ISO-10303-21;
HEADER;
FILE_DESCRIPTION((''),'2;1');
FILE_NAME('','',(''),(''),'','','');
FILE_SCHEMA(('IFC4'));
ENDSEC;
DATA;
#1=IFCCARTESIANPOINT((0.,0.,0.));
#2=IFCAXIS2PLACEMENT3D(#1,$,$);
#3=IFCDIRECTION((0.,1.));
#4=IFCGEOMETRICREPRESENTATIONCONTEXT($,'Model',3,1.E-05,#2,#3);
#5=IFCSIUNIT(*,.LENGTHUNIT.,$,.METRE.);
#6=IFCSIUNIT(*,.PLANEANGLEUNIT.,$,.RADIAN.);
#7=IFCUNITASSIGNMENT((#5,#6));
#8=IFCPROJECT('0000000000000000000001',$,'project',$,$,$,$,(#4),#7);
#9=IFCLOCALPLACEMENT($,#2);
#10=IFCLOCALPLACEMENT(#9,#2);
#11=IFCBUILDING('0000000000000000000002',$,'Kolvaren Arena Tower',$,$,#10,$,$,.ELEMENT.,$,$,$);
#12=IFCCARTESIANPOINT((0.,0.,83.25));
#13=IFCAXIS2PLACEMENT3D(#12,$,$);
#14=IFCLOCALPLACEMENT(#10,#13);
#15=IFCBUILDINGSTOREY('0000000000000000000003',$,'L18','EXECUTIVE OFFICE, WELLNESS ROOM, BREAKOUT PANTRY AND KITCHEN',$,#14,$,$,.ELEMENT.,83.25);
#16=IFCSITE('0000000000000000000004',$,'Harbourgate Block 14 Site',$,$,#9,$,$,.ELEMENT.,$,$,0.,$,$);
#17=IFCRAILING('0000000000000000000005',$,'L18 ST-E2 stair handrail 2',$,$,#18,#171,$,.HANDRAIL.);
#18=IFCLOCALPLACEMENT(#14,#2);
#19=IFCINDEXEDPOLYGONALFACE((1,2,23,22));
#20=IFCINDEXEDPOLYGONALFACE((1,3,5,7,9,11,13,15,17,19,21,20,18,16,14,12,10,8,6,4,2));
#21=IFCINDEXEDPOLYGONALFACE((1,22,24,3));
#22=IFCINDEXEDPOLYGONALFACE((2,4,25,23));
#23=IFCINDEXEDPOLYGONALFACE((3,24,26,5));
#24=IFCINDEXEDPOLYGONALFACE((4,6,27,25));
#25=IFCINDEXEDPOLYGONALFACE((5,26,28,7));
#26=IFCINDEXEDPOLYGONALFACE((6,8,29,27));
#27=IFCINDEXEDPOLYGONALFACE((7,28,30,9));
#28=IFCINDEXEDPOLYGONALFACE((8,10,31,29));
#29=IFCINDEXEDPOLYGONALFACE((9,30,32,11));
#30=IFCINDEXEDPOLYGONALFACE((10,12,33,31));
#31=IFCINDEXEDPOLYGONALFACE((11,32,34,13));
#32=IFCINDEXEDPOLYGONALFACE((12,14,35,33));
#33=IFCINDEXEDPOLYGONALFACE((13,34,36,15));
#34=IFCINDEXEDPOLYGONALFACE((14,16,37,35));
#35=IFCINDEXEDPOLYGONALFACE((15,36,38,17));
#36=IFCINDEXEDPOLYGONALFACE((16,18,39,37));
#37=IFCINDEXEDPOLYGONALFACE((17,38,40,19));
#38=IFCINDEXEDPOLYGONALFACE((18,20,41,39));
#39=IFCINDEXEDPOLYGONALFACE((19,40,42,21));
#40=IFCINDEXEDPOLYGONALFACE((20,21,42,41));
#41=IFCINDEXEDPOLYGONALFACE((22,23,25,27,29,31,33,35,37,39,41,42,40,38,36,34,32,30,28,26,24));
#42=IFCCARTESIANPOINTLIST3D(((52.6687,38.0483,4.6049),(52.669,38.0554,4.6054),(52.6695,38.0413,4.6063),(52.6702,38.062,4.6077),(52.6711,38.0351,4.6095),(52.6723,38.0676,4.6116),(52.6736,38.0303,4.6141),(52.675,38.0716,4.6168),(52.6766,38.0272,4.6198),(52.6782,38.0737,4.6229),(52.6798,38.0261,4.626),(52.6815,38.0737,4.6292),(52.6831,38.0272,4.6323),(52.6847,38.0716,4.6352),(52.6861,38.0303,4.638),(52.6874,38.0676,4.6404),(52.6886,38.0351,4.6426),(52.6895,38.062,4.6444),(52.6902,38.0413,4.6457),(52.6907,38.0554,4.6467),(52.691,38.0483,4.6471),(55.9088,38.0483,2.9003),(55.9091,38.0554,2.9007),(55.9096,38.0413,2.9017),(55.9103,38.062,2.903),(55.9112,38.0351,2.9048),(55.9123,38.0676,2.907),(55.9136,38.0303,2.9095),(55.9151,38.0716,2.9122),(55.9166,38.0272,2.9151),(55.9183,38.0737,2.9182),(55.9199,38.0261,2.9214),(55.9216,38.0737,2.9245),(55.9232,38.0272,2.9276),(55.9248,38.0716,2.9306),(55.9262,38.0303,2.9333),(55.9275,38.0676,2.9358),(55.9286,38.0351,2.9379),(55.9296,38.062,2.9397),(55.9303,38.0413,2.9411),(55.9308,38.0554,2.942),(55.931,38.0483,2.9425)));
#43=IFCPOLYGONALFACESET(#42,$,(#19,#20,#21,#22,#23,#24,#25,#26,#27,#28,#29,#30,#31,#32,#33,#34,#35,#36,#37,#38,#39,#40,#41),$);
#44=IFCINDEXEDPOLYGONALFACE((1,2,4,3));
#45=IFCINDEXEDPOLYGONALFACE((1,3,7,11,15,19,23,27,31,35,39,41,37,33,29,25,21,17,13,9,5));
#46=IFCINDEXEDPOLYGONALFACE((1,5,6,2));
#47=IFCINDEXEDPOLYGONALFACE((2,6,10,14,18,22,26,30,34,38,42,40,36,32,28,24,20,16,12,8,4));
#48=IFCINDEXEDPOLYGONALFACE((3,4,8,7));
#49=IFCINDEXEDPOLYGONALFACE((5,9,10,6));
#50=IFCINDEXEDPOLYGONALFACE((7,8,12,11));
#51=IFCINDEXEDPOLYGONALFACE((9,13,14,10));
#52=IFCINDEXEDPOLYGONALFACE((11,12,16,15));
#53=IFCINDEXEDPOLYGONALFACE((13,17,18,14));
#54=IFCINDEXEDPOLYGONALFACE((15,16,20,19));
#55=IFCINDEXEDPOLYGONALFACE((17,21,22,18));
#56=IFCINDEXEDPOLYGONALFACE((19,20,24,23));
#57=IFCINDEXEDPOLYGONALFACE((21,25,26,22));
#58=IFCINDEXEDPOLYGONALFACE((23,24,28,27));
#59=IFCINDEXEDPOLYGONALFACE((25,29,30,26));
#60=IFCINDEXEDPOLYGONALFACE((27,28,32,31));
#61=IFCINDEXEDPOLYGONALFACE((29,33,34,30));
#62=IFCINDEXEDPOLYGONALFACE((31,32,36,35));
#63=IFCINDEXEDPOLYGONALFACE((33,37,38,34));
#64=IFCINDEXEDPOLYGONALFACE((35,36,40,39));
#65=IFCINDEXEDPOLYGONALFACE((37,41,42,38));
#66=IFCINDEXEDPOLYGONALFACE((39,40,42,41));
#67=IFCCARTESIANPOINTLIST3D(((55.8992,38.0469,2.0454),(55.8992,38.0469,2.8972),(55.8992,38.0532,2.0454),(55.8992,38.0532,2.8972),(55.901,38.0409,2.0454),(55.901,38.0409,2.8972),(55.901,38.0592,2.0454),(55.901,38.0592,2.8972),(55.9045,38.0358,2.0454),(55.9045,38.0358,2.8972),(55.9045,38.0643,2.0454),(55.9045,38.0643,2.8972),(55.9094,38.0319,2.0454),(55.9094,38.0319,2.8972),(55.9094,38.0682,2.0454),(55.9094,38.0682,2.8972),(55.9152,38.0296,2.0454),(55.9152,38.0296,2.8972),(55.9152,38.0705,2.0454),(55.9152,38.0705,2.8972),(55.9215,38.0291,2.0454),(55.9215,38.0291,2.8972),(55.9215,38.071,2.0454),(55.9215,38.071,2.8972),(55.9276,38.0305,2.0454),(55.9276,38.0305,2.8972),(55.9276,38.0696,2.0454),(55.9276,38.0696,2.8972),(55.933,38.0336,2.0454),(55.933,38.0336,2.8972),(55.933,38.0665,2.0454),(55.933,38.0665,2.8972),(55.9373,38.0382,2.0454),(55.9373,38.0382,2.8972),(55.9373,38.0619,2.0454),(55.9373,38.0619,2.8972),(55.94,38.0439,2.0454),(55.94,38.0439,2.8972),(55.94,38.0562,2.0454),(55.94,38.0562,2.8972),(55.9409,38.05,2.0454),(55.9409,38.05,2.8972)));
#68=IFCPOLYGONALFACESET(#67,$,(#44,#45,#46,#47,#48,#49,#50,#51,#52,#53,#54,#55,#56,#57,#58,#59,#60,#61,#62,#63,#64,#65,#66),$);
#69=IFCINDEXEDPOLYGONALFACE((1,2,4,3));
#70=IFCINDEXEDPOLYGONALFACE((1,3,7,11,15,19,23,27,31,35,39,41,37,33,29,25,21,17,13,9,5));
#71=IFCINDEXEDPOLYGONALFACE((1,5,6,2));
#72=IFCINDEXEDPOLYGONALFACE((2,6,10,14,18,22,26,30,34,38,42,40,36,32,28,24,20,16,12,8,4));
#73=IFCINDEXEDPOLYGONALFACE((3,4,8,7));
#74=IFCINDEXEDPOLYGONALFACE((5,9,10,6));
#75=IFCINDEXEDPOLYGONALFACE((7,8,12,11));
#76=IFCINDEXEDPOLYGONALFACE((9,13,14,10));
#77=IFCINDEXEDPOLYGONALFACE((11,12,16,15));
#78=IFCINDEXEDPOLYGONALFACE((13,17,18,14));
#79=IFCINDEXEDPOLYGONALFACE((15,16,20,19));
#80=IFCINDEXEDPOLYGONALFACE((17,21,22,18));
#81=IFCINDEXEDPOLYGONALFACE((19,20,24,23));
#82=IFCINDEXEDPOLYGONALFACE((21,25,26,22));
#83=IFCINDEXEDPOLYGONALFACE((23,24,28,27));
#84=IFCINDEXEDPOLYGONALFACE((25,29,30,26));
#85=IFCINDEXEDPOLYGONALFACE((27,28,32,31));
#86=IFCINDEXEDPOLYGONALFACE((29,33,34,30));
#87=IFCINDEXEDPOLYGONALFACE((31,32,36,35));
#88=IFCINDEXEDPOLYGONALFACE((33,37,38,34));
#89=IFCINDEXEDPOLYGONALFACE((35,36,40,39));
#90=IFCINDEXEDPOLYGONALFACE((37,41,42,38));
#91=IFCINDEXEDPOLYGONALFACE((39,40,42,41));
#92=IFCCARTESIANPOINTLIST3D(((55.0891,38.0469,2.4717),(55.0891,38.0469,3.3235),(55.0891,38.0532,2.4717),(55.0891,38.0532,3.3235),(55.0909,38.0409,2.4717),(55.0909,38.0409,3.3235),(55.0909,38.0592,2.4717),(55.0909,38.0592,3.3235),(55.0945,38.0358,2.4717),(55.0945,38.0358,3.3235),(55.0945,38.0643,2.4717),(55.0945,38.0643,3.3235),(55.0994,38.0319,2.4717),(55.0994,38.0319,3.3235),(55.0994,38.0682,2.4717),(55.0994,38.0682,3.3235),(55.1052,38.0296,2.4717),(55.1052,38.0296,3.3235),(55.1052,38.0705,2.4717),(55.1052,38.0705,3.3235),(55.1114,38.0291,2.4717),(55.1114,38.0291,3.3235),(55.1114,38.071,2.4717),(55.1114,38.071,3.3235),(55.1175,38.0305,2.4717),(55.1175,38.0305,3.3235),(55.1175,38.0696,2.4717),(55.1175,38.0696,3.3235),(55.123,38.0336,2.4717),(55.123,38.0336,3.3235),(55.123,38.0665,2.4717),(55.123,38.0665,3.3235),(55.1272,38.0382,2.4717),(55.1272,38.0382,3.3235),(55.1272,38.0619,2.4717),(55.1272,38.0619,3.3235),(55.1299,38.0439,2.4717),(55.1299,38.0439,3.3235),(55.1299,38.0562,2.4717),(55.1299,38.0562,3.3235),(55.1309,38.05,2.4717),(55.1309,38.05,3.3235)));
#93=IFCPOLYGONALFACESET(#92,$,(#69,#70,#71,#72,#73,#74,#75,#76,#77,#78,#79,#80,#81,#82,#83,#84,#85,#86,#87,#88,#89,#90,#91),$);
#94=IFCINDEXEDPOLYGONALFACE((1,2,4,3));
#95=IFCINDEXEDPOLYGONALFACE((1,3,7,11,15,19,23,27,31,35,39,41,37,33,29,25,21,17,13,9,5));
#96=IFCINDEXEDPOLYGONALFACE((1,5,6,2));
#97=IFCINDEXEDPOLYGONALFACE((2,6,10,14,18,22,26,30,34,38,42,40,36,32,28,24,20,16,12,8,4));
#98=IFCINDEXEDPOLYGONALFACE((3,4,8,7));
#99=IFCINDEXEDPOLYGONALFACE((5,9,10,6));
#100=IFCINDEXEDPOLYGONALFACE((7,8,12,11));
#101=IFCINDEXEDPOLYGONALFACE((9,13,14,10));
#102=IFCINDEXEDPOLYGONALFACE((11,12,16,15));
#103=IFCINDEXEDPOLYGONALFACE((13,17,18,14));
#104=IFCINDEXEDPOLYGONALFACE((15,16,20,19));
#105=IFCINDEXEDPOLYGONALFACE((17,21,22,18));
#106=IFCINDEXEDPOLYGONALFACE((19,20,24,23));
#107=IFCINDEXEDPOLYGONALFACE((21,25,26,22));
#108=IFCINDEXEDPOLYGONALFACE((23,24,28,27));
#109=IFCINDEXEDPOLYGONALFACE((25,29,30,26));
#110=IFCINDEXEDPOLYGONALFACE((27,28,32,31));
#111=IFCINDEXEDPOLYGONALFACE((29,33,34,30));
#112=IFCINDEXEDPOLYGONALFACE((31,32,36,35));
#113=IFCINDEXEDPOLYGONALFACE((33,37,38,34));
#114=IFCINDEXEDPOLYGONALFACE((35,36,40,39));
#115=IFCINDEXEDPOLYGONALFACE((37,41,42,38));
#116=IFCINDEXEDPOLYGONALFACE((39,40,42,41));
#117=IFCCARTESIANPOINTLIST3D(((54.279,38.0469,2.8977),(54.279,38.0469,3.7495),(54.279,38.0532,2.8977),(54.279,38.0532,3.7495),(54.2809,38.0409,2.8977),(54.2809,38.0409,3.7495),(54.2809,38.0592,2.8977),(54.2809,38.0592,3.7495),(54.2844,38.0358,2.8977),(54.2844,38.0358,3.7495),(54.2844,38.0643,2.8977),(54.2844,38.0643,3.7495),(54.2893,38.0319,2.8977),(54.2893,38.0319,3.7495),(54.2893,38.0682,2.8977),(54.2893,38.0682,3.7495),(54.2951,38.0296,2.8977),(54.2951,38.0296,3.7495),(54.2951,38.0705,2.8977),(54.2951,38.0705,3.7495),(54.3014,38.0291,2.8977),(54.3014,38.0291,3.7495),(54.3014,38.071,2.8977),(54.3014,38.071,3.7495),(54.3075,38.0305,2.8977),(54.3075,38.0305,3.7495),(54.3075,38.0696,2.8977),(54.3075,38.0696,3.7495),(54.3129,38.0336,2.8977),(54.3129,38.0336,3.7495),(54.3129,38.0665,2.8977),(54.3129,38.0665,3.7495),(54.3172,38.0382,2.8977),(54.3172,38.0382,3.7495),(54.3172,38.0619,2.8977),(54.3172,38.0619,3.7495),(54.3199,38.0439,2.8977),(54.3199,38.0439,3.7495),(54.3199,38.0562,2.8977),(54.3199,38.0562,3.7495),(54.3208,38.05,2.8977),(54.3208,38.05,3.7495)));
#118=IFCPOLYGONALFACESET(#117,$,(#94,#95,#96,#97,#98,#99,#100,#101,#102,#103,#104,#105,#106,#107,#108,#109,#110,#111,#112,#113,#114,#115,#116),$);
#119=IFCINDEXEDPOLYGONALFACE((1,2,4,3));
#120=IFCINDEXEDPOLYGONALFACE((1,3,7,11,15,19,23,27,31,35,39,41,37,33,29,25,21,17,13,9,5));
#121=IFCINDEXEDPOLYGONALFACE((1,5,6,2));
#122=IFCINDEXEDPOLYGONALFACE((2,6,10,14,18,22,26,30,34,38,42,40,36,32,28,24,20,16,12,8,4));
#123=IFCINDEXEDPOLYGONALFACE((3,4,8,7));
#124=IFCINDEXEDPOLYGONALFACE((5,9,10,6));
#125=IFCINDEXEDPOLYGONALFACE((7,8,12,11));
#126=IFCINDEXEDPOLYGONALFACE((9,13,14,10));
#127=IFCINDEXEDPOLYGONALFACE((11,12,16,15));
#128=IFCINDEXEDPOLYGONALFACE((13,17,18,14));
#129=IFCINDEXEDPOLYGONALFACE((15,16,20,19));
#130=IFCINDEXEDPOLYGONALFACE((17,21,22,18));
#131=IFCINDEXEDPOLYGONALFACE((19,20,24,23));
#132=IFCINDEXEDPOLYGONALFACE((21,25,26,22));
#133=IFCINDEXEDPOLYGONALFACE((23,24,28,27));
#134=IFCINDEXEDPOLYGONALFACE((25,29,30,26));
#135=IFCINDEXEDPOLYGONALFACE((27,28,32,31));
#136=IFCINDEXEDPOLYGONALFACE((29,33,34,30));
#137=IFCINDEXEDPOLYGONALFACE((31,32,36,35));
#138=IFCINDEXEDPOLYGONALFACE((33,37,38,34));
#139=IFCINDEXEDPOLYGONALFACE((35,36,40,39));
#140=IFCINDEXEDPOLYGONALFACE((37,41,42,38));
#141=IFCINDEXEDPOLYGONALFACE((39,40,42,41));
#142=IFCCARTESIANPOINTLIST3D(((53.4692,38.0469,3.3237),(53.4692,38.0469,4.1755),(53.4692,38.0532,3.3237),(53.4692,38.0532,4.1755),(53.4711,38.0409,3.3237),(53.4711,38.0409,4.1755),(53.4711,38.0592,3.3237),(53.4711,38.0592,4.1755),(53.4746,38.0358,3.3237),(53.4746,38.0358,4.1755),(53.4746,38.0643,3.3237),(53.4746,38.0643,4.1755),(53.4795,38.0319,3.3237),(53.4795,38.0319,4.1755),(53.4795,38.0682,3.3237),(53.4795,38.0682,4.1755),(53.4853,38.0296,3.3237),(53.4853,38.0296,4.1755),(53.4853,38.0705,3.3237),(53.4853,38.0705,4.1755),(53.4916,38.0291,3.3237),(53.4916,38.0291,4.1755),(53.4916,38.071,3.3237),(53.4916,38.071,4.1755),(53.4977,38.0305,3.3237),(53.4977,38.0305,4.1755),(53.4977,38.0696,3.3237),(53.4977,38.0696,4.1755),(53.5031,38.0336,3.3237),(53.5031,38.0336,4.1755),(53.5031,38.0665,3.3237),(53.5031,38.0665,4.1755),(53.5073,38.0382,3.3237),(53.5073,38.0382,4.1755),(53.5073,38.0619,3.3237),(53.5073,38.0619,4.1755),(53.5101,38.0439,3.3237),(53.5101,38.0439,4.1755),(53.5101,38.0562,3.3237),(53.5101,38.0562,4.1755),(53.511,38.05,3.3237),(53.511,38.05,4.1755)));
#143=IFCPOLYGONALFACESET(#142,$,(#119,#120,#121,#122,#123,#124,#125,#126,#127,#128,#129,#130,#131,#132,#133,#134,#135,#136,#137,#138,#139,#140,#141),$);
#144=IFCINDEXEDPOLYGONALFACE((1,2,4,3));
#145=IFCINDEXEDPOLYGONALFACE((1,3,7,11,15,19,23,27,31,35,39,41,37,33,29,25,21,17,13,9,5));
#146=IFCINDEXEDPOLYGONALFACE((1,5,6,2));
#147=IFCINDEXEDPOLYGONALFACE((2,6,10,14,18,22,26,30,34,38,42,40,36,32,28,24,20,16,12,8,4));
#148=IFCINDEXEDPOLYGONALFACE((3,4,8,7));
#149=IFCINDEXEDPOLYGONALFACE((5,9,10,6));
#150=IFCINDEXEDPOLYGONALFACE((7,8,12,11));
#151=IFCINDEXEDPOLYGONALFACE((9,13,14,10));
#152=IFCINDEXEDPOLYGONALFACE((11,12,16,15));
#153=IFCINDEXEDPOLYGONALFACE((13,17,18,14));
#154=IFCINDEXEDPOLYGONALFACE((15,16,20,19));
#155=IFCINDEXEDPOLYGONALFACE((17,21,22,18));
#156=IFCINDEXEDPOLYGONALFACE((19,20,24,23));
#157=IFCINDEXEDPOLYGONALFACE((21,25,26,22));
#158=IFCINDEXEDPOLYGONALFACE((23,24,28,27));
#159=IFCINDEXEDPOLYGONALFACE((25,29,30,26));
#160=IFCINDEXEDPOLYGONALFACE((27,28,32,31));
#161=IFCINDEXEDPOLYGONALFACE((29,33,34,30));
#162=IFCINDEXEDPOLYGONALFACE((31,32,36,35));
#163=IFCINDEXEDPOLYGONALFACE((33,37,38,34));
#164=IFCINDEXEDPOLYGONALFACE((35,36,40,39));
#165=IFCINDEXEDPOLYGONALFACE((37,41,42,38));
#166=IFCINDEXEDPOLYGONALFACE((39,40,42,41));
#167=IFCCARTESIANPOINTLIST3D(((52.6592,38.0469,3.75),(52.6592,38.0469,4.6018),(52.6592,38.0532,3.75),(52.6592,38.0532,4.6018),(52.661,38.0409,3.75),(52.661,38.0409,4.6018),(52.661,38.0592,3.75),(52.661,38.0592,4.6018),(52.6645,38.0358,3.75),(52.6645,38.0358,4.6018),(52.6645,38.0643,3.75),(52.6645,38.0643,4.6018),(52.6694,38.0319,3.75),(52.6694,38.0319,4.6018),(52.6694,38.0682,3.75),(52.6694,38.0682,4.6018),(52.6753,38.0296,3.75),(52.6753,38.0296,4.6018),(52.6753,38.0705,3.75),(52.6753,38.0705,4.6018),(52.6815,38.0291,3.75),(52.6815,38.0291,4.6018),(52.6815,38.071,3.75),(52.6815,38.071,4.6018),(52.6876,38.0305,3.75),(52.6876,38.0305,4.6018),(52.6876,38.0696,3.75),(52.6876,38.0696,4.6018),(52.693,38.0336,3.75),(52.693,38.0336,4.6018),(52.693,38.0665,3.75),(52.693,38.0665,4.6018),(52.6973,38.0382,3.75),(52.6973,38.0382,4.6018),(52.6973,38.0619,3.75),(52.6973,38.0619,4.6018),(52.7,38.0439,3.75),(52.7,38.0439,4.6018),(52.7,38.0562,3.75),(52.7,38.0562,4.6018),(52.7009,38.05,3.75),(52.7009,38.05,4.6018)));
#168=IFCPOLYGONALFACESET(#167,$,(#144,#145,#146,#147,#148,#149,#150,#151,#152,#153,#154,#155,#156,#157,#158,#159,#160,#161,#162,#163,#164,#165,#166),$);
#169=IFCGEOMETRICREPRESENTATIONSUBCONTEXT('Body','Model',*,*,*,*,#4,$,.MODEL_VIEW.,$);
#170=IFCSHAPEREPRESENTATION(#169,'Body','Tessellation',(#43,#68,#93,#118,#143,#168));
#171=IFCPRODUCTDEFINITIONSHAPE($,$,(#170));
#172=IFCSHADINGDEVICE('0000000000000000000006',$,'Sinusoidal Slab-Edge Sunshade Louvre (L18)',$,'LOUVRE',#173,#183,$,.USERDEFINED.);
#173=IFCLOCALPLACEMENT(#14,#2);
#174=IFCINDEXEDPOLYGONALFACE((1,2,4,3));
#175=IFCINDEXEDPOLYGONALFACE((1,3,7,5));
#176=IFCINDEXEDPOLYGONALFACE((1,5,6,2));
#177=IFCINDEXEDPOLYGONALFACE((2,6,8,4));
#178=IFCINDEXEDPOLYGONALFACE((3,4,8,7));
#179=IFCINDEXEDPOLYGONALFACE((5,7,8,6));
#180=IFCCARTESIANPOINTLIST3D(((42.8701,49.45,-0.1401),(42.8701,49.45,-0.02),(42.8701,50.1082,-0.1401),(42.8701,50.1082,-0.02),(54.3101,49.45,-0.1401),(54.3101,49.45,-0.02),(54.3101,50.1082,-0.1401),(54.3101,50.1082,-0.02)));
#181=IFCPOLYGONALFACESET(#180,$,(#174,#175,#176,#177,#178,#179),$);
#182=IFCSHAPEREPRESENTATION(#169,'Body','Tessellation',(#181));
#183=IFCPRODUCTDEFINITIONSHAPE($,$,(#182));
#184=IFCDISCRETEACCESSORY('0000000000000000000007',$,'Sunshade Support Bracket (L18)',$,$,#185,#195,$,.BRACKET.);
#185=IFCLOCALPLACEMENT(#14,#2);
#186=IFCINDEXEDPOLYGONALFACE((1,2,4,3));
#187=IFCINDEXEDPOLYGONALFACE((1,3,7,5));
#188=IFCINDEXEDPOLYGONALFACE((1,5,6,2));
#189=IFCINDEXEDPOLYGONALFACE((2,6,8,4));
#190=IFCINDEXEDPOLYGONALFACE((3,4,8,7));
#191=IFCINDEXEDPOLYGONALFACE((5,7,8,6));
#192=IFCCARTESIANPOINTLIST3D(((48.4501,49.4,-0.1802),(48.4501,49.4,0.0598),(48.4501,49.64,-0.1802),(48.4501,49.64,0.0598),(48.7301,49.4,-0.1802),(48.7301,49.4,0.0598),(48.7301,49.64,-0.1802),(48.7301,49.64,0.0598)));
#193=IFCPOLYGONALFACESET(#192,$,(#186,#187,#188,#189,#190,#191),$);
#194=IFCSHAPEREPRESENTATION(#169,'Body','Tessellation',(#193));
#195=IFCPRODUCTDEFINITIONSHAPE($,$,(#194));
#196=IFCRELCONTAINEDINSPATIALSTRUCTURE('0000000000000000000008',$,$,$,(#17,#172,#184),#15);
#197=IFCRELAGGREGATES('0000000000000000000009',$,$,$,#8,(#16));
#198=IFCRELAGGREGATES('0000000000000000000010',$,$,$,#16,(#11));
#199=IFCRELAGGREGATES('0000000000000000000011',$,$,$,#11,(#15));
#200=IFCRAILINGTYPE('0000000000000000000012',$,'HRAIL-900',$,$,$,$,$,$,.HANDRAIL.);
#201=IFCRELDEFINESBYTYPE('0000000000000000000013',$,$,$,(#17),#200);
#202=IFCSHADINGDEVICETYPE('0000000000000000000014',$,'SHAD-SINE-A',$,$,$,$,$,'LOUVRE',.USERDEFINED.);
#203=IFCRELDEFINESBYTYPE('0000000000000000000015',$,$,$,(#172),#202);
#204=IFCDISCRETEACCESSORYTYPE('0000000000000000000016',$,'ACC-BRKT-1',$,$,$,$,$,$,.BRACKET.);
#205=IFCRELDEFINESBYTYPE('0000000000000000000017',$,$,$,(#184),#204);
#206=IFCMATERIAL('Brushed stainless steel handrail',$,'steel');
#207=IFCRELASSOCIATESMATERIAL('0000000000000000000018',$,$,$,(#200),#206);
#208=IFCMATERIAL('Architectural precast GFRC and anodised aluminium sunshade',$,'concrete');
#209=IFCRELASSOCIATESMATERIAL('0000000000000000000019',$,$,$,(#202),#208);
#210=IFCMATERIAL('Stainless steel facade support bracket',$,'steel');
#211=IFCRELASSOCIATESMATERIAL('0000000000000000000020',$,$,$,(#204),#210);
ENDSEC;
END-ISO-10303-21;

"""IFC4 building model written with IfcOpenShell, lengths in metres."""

from ifc_helpers import new_model, si_unit, direction, frame, origin, origin_2d, place, context, subcontext, project, spatial, rectangle, circle, extrude, material, type_object, element, save


model = new_model("IFC4")

# Units and contexts
model_context = context("Model", 3, precision=1e-05, world=origin(), true_north=direction((0.0, 1.0)))
body_context = subcontext(model_context, "Body", "Model", "MODEL_VIEW")
ifc_project = project(units=[si_unit("LENGTHUNIT", "METRE"), si_unit("PLANEANGLEUNIT", "RADIAN")], contexts=[model_context])

# Site, building, storey
site_placement = place(None, origin())
site = spatial("IfcSite", under=ifc_project, at=site_placement, Name="Harbourgate Block 14 Site", CompositionType="ELEMENT", RefElevation=0.0)
building_placement = place(site_placement, origin())
building = spatial("IfcBuilding", under=site, at=building_placement, Name="Kolvaren Arena Tower", CompositionType="ELEMENT")
storey_placement = place(building_placement, frame((0.0, 0.0, 83.25)))
storey = spatial("IfcBuildingStorey", under=building, at=storey_placement, Name="L18", Description="EXECUTIVE OFFICE, WELLNESS ROOM, BREAKOUT PANTRY AND KITCHEN", CompositionType="ELEMENT", Elevation=83.25)

# Railing
ifc_material_1 = material(Name="Brushed stainless steel handrail", Category="steel")
railing_type_1 = type_object("IfcRailingType", Name="HRAIL-900", PredefinedType="HANDRAIL", material=ifc_material_1)
railing_1_placement = place(storey_placement, frame((55.9199, 38.05, 2.0454)))
element("IfcRailing", 1, at=railing_1_placement, inside=storey, type_object=railing_type_1, Name="L18 ST-E2 stair handrail 2", PredefinedType="HANDRAIL", context=body_context, shape_type="SweptSolid", body=[
    extrude(circle(Radius=0.0239, at=origin_2d()), frame((0.0, 0.0, 0.876), z_axis=(-0.884993, 0.0, 0.465604), x_axis=(0.0, -1.0, 0.0)), (0.0, 0.0, 1.0), 3.6611),
    extrude(circle(Radius=0.021, at=origin_2d()), origin(), (0.0, 0.0, 1.0), 0.8518),
    extrude(circle(Radius=0.021, at=origin_2d()), frame((-0.8101, 0.0, 0.4263)), (0.0, 0.0, 1.0), 0.8518),
    extrude(circle(Radius=0.021, at=origin_2d()), frame((-1.6201, 0.0, 0.8523)), (0.0, 0.0, 1.0), 0.8518),
    extrude(circle(Radius=0.021, at=origin_2d()), frame((-2.4299, 0.0, 1.2783)), (0.0, 0.0, 1.0), 0.8518),
    extrude(circle(Radius=0.021, at=origin_2d()), frame((-3.24, 0.0, 1.7046)), (0.0, 0.0, 1.0), 0.8518),
])

# Shading device
ifc_material_2 = material(Name="Architectural precast GFRC and anodised aluminium sunshade", Category="concrete")
shading_device_type = type_object("IfcShadingDeviceType", Name="SHAD-SINE-A", ElementType="LOUVRE", PredefinedType="USERDEFINED", material=ifc_material_2)
shading_device_placement = place(storey_placement, frame((48.5901, 49.7791, -0.1401), z_axis=(0.0, 0.0, 1.0), x_axis=(1.0, 0.0, 0.0)))
element("IfcShadingDevice", 2, at=shading_device_placement, inside=storey, type_object=shading_device_type, Name="Sinusoidal Slab-Edge Sunshade Louvre (L18)", ObjectType="LOUVRE", PredefinedType="USERDEFINED", context=body_context, shape_type="SweptSolid", body=[
    extrude(rectangle(XDim=11.4399, YDim=0.6582, at=origin_2d()), origin(), (0.0, 0.0, 1.0), 0.1201),
])

# Discrete accessory
ifc_material_3 = material(Name="Stainless steel facade support bracket", Category="steel")
discrete_accessory_type = type_object("IfcDiscreteAccessoryType", Name="ACC-BRKT-1", PredefinedType="BRACKET", material=ifc_material_3)
discrete_accessory_placement = place(storey_placement, frame((48.5901, 49.52, -0.1802), z_axis=(0.0, 0.0, 1.0), x_axis=(1.0, 0.0, 0.0)))
element("IfcDiscreteAccessory", 3, at=discrete_accessory_placement, inside=storey, type_object=discrete_accessory_type, Name="Sunshade Support Bracket (L18)", PredefinedType="BRACKET", context=body_context, shape_type="SweptSolid", body=[
    extrude(rectangle(XDim=0.28, YDim=0.24, at=origin_2d()), origin(), (0.0, 0.0, 1.0), 0.24),
])

save(model, "model.ifc")
